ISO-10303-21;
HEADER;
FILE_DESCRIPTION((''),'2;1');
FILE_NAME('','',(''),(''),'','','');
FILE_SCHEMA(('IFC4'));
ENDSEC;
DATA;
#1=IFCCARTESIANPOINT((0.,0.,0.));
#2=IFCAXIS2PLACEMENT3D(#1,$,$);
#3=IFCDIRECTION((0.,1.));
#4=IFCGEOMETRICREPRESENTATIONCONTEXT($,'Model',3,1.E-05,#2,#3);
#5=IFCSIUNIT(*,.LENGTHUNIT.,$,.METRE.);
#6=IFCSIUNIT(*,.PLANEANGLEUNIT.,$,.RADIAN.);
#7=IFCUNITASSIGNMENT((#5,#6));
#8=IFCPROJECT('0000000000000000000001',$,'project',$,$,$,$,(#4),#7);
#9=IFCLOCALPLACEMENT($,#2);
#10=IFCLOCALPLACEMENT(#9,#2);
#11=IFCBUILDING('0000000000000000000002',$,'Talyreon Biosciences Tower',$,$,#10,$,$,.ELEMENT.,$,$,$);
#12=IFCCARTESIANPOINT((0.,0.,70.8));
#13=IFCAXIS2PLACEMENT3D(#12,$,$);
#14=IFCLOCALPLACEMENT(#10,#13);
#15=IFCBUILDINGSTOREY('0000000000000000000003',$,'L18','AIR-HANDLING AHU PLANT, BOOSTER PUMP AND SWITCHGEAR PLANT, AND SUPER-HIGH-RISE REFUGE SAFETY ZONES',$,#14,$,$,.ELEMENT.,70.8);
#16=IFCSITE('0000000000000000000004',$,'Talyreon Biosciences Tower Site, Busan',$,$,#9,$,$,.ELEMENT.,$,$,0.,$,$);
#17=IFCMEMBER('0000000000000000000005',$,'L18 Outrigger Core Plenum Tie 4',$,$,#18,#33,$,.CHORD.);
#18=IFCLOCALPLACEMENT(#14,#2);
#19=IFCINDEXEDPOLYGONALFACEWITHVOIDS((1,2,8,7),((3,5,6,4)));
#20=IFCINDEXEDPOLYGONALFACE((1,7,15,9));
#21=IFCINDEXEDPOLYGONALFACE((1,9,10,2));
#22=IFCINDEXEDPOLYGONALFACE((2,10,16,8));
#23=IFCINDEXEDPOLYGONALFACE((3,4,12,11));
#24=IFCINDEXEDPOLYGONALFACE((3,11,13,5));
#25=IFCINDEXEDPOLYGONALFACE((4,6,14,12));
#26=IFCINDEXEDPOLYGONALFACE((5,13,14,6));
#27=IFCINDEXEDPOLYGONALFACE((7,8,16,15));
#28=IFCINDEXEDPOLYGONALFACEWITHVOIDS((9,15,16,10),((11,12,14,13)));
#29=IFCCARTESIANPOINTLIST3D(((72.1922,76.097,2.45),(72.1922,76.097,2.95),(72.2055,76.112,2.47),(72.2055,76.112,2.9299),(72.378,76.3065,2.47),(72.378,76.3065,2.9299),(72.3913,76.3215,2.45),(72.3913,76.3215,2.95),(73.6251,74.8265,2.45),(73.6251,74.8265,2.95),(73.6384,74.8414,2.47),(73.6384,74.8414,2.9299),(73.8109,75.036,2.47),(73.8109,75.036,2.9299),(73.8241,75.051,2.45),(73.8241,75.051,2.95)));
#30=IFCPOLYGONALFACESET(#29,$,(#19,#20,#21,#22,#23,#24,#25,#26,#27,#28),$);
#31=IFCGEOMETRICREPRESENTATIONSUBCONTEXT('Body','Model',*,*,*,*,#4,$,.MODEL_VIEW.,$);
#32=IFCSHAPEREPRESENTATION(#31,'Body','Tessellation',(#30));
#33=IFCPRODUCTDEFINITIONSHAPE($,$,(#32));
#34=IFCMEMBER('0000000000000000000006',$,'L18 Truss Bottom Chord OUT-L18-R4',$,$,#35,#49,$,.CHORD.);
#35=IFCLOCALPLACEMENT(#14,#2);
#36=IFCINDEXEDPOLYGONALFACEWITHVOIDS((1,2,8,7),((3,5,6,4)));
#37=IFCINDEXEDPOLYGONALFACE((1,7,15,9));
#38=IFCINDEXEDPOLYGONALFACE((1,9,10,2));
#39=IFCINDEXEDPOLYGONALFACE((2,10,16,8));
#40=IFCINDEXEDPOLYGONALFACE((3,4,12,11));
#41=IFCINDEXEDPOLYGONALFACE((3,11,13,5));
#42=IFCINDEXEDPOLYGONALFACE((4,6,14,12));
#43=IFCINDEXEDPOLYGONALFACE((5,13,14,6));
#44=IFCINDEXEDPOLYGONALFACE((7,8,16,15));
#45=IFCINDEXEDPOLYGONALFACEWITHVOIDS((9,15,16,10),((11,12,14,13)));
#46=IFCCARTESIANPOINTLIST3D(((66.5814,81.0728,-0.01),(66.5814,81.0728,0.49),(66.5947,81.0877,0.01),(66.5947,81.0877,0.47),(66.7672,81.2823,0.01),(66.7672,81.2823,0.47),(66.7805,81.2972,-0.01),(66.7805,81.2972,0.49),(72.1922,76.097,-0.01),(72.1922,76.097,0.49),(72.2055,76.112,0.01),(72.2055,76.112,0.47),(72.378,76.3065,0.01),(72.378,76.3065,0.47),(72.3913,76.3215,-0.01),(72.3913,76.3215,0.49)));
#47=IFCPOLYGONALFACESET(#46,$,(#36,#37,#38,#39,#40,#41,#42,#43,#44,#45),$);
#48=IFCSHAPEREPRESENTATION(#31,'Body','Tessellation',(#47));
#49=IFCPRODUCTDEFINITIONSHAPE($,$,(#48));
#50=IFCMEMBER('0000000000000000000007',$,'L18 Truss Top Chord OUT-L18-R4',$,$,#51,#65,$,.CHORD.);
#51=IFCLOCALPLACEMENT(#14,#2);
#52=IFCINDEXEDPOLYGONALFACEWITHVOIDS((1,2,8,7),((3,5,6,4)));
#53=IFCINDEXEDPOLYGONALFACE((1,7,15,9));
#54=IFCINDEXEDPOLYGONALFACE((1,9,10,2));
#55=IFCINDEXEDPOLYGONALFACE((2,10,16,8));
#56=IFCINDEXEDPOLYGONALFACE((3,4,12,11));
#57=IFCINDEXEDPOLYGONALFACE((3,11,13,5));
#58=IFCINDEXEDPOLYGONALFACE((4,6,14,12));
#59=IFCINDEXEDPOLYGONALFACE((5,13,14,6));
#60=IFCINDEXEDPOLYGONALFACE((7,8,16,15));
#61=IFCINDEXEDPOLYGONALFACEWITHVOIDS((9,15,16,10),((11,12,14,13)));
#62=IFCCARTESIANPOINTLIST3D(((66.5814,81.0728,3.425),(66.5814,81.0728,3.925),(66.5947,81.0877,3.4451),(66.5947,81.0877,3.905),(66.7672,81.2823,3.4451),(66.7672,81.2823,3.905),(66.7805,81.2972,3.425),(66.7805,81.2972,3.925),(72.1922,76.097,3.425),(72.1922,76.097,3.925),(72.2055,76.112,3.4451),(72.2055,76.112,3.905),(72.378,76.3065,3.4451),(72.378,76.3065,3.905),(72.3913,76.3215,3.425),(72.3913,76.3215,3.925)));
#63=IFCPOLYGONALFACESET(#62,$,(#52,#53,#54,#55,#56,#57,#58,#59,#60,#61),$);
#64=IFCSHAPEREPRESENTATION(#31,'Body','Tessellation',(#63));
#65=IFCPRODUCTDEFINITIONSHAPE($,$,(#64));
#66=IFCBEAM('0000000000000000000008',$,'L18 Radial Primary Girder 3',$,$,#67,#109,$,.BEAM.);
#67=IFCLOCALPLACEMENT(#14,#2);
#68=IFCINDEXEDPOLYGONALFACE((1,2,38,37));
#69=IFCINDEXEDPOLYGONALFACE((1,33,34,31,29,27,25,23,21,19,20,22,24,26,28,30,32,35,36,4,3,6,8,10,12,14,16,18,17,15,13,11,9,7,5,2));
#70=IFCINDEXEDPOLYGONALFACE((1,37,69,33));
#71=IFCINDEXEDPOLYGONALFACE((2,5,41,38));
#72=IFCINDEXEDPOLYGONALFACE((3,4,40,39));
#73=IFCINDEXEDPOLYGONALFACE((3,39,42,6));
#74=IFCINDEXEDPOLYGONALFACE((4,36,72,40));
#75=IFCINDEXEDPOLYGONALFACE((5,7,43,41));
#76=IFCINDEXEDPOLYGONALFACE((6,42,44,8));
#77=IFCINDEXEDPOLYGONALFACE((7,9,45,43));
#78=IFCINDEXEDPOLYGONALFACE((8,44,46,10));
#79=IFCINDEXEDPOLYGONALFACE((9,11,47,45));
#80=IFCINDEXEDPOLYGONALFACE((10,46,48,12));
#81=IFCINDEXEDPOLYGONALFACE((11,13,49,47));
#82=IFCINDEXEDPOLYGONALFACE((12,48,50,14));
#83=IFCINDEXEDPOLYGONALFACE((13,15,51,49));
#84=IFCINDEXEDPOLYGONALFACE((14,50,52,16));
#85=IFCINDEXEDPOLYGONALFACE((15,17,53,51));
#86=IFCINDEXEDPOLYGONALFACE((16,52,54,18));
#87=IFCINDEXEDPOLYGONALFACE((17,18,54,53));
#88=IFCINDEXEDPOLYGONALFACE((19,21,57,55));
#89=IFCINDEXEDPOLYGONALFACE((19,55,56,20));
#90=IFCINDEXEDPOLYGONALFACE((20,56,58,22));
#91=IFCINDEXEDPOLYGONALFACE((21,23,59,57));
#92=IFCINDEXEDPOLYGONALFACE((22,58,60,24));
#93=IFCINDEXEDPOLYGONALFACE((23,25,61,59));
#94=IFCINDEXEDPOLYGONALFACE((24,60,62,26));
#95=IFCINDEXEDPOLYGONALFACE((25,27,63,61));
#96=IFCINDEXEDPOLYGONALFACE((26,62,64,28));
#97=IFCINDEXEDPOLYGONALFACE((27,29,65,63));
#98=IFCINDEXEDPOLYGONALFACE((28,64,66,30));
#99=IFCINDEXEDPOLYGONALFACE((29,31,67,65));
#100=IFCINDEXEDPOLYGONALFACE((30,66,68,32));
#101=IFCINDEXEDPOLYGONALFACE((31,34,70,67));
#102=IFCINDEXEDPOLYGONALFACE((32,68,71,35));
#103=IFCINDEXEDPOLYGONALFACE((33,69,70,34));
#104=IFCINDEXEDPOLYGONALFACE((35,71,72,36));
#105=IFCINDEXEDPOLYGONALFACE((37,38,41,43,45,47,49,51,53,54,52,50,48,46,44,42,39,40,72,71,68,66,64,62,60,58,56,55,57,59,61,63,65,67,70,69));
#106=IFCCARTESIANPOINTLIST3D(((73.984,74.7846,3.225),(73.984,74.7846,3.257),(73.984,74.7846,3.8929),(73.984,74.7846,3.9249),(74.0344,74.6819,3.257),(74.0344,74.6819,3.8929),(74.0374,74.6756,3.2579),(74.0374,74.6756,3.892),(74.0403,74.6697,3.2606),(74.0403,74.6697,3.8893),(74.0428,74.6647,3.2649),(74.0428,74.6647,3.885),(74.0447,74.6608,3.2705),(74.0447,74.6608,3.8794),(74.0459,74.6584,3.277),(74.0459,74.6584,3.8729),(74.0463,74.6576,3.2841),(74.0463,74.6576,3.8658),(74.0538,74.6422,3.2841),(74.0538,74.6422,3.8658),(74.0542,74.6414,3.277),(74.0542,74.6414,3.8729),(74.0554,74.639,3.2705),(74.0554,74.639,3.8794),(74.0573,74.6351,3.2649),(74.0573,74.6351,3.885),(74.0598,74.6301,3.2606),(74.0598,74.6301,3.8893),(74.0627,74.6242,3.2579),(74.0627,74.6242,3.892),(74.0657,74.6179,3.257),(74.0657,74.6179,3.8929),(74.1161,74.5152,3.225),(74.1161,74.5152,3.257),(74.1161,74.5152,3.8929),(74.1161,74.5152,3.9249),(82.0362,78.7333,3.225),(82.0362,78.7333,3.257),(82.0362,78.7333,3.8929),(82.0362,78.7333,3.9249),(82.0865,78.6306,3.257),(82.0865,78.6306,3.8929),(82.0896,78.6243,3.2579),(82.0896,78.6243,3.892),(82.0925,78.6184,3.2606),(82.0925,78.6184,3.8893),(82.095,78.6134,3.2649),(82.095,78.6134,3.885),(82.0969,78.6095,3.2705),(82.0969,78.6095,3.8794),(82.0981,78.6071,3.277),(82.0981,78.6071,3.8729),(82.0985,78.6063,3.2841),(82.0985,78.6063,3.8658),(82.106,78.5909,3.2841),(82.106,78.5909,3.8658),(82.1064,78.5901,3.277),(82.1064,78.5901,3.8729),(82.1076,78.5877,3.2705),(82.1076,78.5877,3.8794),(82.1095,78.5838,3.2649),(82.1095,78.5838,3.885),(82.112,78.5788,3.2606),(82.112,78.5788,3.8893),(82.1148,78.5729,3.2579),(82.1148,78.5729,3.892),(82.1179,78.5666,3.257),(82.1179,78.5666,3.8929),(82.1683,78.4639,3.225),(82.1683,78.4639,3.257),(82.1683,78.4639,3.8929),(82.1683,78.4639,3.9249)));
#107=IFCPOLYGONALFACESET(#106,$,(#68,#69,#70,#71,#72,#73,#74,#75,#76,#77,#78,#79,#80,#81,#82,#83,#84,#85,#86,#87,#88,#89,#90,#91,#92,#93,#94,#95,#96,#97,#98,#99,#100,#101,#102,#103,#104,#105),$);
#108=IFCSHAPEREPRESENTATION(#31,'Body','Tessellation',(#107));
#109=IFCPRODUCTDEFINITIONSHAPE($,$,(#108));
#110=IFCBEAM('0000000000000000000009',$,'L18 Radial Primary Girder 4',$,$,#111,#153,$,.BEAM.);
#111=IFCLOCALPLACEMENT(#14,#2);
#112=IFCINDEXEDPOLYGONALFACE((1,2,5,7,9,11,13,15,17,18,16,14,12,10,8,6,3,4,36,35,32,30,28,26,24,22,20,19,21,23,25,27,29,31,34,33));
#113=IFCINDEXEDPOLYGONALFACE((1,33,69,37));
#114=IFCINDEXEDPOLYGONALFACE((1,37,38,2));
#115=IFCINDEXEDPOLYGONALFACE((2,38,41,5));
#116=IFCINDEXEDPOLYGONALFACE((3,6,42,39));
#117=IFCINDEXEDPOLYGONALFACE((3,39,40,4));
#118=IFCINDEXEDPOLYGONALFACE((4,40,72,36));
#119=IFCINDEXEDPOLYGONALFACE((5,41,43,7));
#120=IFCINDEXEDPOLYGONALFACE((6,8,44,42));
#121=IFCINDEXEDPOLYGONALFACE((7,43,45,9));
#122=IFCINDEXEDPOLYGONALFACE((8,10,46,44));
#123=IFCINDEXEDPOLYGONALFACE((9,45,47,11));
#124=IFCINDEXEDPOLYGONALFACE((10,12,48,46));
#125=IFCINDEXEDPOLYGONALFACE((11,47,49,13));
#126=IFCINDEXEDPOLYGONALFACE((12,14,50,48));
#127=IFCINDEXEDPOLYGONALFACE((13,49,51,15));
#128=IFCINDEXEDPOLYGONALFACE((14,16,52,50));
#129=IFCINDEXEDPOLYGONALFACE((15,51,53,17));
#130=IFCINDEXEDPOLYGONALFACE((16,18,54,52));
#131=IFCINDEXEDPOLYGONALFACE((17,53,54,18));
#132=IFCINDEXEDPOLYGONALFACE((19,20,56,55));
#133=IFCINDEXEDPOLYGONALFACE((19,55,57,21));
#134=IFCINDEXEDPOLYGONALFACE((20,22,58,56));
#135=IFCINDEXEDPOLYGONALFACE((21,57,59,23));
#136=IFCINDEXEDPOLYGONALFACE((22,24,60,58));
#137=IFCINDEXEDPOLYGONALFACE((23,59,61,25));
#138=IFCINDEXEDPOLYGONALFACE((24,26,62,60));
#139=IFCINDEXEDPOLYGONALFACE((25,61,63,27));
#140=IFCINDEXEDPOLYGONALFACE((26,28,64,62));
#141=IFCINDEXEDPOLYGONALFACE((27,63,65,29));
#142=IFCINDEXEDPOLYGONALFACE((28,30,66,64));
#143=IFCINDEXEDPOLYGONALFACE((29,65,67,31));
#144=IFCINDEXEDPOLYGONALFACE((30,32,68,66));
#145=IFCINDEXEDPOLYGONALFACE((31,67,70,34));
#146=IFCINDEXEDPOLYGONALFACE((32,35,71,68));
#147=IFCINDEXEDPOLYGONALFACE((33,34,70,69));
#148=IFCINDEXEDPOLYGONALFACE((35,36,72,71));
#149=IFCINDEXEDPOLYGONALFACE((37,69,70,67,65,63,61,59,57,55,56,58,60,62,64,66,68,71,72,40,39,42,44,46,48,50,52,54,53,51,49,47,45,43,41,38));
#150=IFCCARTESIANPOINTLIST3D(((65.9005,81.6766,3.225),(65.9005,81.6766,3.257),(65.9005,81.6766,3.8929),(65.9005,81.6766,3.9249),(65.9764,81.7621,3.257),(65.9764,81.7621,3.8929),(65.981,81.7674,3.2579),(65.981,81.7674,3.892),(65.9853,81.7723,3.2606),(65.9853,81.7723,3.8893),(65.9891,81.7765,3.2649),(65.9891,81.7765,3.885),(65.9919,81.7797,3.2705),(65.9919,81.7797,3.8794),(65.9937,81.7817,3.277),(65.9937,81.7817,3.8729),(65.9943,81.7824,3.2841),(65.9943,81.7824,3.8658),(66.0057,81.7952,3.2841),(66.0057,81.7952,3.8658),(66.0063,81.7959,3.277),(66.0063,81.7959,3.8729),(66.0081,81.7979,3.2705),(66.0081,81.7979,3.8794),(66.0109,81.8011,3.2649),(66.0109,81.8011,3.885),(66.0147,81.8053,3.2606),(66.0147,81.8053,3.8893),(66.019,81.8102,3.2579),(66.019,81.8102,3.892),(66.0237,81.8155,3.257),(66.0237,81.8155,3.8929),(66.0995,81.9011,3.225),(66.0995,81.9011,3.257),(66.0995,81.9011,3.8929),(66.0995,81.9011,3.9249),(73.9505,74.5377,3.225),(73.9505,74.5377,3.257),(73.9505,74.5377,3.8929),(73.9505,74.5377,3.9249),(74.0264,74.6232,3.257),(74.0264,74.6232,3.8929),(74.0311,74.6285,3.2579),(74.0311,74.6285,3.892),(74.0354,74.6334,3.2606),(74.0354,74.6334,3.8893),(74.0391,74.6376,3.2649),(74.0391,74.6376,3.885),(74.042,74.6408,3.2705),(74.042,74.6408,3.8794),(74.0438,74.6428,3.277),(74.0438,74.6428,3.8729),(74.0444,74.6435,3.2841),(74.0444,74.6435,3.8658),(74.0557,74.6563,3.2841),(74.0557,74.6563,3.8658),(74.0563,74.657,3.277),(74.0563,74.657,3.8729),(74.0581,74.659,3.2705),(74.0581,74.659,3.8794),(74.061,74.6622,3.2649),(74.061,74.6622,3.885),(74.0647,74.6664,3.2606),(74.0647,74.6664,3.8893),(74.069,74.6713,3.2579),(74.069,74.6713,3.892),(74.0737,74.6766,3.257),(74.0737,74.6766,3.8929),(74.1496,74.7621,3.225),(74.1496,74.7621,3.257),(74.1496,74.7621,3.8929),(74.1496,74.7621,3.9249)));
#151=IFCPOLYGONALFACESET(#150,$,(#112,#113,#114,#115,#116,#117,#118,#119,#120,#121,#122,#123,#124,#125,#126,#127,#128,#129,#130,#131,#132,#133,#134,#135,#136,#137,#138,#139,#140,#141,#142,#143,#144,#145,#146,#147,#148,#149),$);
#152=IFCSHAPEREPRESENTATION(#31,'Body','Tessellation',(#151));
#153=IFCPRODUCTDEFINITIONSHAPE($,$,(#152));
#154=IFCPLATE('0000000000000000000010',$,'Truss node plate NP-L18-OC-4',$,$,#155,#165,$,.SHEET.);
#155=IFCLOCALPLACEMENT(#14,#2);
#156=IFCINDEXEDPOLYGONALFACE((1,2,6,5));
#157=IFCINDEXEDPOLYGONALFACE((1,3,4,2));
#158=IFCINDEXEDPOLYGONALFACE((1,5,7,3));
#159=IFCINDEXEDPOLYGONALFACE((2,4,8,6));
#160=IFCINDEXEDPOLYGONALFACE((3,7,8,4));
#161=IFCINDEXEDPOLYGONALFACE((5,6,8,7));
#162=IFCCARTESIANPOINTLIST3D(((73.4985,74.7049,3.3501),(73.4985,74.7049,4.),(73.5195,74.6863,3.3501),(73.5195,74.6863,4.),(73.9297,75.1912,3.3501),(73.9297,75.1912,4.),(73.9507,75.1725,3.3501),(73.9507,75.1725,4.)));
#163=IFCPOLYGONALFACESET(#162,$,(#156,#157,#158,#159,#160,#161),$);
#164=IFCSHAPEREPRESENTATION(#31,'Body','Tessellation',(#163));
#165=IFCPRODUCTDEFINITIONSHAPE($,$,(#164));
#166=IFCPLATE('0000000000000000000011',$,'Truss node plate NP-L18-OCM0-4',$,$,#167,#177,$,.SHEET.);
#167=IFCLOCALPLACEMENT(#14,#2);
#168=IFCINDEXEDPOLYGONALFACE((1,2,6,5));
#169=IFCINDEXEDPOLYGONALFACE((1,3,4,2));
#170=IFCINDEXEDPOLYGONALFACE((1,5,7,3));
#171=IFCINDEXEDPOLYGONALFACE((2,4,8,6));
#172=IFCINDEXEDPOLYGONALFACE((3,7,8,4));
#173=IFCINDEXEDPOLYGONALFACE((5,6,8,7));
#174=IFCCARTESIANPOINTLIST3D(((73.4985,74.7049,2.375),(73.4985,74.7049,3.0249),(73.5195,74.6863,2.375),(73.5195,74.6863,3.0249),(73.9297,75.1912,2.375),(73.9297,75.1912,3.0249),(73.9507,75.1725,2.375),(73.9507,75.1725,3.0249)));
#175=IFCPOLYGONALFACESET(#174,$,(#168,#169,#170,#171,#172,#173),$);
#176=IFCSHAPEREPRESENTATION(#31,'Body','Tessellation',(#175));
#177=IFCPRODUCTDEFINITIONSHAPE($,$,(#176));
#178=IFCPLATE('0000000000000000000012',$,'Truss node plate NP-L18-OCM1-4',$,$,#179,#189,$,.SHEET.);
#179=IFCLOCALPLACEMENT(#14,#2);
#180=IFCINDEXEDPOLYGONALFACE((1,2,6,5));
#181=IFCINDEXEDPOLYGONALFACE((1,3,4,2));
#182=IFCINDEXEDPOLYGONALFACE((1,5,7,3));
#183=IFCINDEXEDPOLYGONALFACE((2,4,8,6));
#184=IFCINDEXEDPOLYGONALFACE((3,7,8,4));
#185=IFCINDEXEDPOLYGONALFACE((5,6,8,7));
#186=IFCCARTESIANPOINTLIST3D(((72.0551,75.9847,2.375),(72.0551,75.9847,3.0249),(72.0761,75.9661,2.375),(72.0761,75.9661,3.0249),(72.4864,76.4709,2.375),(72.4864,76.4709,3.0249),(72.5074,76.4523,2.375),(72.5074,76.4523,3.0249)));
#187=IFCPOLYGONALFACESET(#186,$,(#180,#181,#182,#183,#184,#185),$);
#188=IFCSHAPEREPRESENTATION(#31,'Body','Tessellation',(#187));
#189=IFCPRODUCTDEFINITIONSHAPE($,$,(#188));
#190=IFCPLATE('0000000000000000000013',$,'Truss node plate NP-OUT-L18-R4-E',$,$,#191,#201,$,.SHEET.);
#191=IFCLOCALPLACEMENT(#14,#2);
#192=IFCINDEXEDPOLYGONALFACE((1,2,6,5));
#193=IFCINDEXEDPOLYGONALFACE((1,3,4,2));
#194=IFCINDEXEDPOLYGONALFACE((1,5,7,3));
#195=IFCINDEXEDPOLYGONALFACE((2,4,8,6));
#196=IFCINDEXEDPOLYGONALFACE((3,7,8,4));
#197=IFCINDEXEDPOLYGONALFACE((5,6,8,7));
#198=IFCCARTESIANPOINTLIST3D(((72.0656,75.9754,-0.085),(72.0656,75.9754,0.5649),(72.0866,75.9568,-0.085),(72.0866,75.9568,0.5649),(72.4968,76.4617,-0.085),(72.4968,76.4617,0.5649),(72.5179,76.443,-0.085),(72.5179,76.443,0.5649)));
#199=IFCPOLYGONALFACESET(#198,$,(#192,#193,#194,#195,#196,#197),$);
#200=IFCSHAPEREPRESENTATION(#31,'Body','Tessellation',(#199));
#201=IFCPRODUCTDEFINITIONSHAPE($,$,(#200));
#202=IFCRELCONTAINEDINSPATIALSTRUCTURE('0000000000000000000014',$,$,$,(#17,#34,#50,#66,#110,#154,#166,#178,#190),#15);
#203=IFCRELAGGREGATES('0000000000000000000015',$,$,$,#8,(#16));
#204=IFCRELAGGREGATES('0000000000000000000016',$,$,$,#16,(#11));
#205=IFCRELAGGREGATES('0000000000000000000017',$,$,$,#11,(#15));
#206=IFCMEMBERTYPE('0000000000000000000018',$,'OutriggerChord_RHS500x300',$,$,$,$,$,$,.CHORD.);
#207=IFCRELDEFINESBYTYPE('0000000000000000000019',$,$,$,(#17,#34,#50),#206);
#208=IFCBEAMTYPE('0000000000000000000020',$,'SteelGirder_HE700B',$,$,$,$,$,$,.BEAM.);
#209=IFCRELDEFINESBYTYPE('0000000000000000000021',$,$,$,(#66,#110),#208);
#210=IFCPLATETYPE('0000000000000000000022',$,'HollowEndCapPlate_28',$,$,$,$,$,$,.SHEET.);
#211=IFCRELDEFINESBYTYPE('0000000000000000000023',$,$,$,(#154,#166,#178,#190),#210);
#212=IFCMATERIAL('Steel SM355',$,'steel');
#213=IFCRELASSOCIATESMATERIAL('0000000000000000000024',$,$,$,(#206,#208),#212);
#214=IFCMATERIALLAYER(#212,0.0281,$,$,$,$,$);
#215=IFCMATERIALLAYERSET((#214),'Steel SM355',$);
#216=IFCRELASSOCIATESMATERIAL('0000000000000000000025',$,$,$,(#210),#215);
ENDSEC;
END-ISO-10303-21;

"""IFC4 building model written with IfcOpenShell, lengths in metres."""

from ifc_helpers import new_model, si_unit, direction, frame, origin, origin_2d, place, context, subcontext, project, spatial, rectangle, hollow_rectangle, i_section, extrude, material, layer, layer_set, material_profile, profile_set, type_object, element, save


model = new_model("IFC4")

# Units and contexts
model_context = context("Model", 3, precision=1e-05, world=origin(), true_north=direction((0.0, 1.0)))
body_context = subcontext(model_context, "Body", "Model", "MODEL_VIEW")
ifc_project = project(units=[si_unit("LENGTHUNIT", "METRE"), si_unit("PLANEANGLEUNIT", "RADIAN")], contexts=[model_context])

# Site, building, storey
site_placement = place(None, origin())
site = spatial("IfcSite", under=ifc_project, at=site_placement, Name="Talyreon Biosciences Tower Site, Busan", CompositionType="ELEMENT", RefElevation=0.0)
building_placement = place(site_placement, origin())
building = spatial("IfcBuilding", under=site, at=building_placement, Name="Talyreon Biosciences Tower", CompositionType="ELEMENT")
storey_placement = place(building_placement, frame((0.0, 0.0, 70.8)))
storey = spatial("IfcBuildingStorey", under=building, at=storey_placement, Name="L18", Description="AIR-HANDLING AHU PLANT, BOOSTER PUMP AND SWITCHGEAR PLANT, AND SUPER-HIGH-RISE REFUGE SAFETY ZONES", CompositionType="ELEMENT", Elevation=70.8)

# Members
ifc_material_1 = material(Name="Steel SM355", Category="steel")
ifc_material_profile_1 = material_profile(ifc_material_1, hollow_rectangle(XDim=0.3, YDim=0.5, WallThickness=0.02, at=origin_2d()), Name="RHS 500x300x20")
ifc_profile_set_1 = profile_set([ifc_material_profile_1], Name="Steel SM355")
member_type_1 = type_object("IfcMemberType", Name="OutriggerChord_RHS500x300", PredefinedType="CHORD", material=ifc_profile_set_1)
for number, where, z_axis, x_axis, name in (
    (1, (73.7246, 74.9387, 2.7), (-0.748225, 0.663445, 0.0), (-0.663445, -0.748225, 0.0), "L18 Outrigger Core Plenum Tie 4"),
):
    element("IfcMember", number, at=place(storey_placement, frame(where, z_axis=z_axis, x_axis=x_axis)), inside=storey, type_object=member_type_1, Name=name, PredefinedType="CHORD", context=body_context, shape_type="SweptSolid", body=[
        extrude(hollow_rectangle(XDim=0.3, YDim=0.5, WallThickness=0.02, at=origin_2d()), origin(), (0.0, 0.0, 1.0), 1.915),
    ])
for number, where, z_axis, x_axis, name in (
    (2, (72.2917, 76.2092, 0.24), (-0.748176, 0.663501, 0.0), (-0.663501, -0.748176, 0.0), "L18 Truss Bottom Chord OUT-L18-R4"),
    (3, (72.2917, 76.2092, 3.675), (-0.748176, 0.663501, 0.0), (-0.663501, -0.748176, 0.0), "L18 Truss Top Chord OUT-L18-R4"),
):
    element("IfcMember", number, at=place(storey_placement, frame(where, z_axis=z_axis, x_axis=x_axis)), inside=storey, type_object=member_type_1, Name=name, PredefinedType="CHORD", context=body_context, shape_type="SweptSolid", body=[
        extrude(hollow_rectangle(XDim=0.3, YDim=0.5, WallThickness=0.02, at=origin_2d()), origin(), (0.0, 0.0, 1.0), 7.4993),
    ])

# Beams
ifc_material_profile_2 = material_profile(ifc_material_1, i_section(OverallWidth=0.3, OverallDepth=0.7, WebThickness=0.0171, FlangeThickness=0.032, FilletRadius=0.0271, at=origin_2d()), Name="HE700B")
ifc_profile_set_2 = profile_set([ifc_material_profile_2], Name="Steel SM355")
beam_type = type_object("IfcBeamType", Name="SteelGirder_HE700B", PredefinedType="BEAM", material=ifc_profile_set_2)
beam_1_placement = place(storey_placement, frame((74.05, 74.6499, 3.575), z_axis=(0.897852, 0.440297, 0.0), x_axis=(-0.440297, 0.897852, 0.0)))
element("IfcBeam", 4, at=beam_1_placement, inside=storey, type_object=beam_type, Name="L18 Radial Primary Girder 3", PredefinedType="BEAM", context=body_context, shape_type="SweptSolid", body=[
    extrude(i_section(OverallWidth=0.3, OverallDepth=0.7, WebThickness=0.0171, FlangeThickness=0.032, FilletRadius=0.0271, at=origin_2d()), origin(), (0.0, 0.0, 1.0), 8.9683),
])
beam_2_placement = place(storey_placement, frame((74.05, 74.6499, 3.575), z_axis=(-0.748179, 0.663497, 0.0), x_axis=(-0.663497, -0.748179, 0.0)))
element("IfcBeam", 5, at=beam_2_placement, inside=storey, type_object=beam_type, Name="L18 Radial Primary Girder 4", PredefinedType="BEAM", context=body_context, shape_type="SweptSolid", body=[
    extrude(i_section(OverallWidth=0.3, OverallDepth=0.7, WebThickness=0.0171, FlangeThickness=0.032, FilletRadius=0.0271, at=origin_2d()), origin(), (0.0, 0.0, 1.0), 10.7595),
])

# Plates
ifc_layer_1 = layer(ifc_material_1, 0.0281)
ifc_layer_set_1 = layer_set([ifc_layer_1], Name="Steel SM355")
plate_type = type_object("IfcPlateType", Name="HollowEndCapPlate_28", PredefinedType="SHEET", material=ifc_layer_set_1)
for number, where, z_axis, x_axis, name in (
    (6, (73.7246, 74.9387, 3.3501), (0.0, 0.0, 1.0), (-0.663495, -0.74818, 0.0), "Truss node plate NP-L18-OC-4"),
    (7, (73.7246, 74.9387, 2.375), (0.0, 0.0, 1.0), (-0.663495, -0.74818, 0.0), "Truss node plate NP-L18-OCM0-4"),
    (8, (72.2812, 76.2185, 2.375), (0.0, 0.0, 1.0), (-0.663495, -0.74818, 0.0), "Truss node plate NP-L18-OCM1-4"),
    (9, (72.2917, 76.2092, -0.085), (0.0, 0.0, 1.0), (-0.663495, -0.74818, 0.0), "Truss node plate NP-OUT-L18-R4-E"),
):
    element("IfcPlate", number, at=place(storey_placement, frame(where, z_axis=z_axis, x_axis=x_axis)), inside=storey, type_object=plate_type, Name=name, PredefinedType="SHEET", context=body_context, shape_type="SweptSolid", body=[
        extrude(rectangle(XDim=0.6499, YDim=0.0281, at=origin_2d()), origin(), (0.0, 0.0, 1.0), 0.6499),
    ])

save(model, "model.ifc")
